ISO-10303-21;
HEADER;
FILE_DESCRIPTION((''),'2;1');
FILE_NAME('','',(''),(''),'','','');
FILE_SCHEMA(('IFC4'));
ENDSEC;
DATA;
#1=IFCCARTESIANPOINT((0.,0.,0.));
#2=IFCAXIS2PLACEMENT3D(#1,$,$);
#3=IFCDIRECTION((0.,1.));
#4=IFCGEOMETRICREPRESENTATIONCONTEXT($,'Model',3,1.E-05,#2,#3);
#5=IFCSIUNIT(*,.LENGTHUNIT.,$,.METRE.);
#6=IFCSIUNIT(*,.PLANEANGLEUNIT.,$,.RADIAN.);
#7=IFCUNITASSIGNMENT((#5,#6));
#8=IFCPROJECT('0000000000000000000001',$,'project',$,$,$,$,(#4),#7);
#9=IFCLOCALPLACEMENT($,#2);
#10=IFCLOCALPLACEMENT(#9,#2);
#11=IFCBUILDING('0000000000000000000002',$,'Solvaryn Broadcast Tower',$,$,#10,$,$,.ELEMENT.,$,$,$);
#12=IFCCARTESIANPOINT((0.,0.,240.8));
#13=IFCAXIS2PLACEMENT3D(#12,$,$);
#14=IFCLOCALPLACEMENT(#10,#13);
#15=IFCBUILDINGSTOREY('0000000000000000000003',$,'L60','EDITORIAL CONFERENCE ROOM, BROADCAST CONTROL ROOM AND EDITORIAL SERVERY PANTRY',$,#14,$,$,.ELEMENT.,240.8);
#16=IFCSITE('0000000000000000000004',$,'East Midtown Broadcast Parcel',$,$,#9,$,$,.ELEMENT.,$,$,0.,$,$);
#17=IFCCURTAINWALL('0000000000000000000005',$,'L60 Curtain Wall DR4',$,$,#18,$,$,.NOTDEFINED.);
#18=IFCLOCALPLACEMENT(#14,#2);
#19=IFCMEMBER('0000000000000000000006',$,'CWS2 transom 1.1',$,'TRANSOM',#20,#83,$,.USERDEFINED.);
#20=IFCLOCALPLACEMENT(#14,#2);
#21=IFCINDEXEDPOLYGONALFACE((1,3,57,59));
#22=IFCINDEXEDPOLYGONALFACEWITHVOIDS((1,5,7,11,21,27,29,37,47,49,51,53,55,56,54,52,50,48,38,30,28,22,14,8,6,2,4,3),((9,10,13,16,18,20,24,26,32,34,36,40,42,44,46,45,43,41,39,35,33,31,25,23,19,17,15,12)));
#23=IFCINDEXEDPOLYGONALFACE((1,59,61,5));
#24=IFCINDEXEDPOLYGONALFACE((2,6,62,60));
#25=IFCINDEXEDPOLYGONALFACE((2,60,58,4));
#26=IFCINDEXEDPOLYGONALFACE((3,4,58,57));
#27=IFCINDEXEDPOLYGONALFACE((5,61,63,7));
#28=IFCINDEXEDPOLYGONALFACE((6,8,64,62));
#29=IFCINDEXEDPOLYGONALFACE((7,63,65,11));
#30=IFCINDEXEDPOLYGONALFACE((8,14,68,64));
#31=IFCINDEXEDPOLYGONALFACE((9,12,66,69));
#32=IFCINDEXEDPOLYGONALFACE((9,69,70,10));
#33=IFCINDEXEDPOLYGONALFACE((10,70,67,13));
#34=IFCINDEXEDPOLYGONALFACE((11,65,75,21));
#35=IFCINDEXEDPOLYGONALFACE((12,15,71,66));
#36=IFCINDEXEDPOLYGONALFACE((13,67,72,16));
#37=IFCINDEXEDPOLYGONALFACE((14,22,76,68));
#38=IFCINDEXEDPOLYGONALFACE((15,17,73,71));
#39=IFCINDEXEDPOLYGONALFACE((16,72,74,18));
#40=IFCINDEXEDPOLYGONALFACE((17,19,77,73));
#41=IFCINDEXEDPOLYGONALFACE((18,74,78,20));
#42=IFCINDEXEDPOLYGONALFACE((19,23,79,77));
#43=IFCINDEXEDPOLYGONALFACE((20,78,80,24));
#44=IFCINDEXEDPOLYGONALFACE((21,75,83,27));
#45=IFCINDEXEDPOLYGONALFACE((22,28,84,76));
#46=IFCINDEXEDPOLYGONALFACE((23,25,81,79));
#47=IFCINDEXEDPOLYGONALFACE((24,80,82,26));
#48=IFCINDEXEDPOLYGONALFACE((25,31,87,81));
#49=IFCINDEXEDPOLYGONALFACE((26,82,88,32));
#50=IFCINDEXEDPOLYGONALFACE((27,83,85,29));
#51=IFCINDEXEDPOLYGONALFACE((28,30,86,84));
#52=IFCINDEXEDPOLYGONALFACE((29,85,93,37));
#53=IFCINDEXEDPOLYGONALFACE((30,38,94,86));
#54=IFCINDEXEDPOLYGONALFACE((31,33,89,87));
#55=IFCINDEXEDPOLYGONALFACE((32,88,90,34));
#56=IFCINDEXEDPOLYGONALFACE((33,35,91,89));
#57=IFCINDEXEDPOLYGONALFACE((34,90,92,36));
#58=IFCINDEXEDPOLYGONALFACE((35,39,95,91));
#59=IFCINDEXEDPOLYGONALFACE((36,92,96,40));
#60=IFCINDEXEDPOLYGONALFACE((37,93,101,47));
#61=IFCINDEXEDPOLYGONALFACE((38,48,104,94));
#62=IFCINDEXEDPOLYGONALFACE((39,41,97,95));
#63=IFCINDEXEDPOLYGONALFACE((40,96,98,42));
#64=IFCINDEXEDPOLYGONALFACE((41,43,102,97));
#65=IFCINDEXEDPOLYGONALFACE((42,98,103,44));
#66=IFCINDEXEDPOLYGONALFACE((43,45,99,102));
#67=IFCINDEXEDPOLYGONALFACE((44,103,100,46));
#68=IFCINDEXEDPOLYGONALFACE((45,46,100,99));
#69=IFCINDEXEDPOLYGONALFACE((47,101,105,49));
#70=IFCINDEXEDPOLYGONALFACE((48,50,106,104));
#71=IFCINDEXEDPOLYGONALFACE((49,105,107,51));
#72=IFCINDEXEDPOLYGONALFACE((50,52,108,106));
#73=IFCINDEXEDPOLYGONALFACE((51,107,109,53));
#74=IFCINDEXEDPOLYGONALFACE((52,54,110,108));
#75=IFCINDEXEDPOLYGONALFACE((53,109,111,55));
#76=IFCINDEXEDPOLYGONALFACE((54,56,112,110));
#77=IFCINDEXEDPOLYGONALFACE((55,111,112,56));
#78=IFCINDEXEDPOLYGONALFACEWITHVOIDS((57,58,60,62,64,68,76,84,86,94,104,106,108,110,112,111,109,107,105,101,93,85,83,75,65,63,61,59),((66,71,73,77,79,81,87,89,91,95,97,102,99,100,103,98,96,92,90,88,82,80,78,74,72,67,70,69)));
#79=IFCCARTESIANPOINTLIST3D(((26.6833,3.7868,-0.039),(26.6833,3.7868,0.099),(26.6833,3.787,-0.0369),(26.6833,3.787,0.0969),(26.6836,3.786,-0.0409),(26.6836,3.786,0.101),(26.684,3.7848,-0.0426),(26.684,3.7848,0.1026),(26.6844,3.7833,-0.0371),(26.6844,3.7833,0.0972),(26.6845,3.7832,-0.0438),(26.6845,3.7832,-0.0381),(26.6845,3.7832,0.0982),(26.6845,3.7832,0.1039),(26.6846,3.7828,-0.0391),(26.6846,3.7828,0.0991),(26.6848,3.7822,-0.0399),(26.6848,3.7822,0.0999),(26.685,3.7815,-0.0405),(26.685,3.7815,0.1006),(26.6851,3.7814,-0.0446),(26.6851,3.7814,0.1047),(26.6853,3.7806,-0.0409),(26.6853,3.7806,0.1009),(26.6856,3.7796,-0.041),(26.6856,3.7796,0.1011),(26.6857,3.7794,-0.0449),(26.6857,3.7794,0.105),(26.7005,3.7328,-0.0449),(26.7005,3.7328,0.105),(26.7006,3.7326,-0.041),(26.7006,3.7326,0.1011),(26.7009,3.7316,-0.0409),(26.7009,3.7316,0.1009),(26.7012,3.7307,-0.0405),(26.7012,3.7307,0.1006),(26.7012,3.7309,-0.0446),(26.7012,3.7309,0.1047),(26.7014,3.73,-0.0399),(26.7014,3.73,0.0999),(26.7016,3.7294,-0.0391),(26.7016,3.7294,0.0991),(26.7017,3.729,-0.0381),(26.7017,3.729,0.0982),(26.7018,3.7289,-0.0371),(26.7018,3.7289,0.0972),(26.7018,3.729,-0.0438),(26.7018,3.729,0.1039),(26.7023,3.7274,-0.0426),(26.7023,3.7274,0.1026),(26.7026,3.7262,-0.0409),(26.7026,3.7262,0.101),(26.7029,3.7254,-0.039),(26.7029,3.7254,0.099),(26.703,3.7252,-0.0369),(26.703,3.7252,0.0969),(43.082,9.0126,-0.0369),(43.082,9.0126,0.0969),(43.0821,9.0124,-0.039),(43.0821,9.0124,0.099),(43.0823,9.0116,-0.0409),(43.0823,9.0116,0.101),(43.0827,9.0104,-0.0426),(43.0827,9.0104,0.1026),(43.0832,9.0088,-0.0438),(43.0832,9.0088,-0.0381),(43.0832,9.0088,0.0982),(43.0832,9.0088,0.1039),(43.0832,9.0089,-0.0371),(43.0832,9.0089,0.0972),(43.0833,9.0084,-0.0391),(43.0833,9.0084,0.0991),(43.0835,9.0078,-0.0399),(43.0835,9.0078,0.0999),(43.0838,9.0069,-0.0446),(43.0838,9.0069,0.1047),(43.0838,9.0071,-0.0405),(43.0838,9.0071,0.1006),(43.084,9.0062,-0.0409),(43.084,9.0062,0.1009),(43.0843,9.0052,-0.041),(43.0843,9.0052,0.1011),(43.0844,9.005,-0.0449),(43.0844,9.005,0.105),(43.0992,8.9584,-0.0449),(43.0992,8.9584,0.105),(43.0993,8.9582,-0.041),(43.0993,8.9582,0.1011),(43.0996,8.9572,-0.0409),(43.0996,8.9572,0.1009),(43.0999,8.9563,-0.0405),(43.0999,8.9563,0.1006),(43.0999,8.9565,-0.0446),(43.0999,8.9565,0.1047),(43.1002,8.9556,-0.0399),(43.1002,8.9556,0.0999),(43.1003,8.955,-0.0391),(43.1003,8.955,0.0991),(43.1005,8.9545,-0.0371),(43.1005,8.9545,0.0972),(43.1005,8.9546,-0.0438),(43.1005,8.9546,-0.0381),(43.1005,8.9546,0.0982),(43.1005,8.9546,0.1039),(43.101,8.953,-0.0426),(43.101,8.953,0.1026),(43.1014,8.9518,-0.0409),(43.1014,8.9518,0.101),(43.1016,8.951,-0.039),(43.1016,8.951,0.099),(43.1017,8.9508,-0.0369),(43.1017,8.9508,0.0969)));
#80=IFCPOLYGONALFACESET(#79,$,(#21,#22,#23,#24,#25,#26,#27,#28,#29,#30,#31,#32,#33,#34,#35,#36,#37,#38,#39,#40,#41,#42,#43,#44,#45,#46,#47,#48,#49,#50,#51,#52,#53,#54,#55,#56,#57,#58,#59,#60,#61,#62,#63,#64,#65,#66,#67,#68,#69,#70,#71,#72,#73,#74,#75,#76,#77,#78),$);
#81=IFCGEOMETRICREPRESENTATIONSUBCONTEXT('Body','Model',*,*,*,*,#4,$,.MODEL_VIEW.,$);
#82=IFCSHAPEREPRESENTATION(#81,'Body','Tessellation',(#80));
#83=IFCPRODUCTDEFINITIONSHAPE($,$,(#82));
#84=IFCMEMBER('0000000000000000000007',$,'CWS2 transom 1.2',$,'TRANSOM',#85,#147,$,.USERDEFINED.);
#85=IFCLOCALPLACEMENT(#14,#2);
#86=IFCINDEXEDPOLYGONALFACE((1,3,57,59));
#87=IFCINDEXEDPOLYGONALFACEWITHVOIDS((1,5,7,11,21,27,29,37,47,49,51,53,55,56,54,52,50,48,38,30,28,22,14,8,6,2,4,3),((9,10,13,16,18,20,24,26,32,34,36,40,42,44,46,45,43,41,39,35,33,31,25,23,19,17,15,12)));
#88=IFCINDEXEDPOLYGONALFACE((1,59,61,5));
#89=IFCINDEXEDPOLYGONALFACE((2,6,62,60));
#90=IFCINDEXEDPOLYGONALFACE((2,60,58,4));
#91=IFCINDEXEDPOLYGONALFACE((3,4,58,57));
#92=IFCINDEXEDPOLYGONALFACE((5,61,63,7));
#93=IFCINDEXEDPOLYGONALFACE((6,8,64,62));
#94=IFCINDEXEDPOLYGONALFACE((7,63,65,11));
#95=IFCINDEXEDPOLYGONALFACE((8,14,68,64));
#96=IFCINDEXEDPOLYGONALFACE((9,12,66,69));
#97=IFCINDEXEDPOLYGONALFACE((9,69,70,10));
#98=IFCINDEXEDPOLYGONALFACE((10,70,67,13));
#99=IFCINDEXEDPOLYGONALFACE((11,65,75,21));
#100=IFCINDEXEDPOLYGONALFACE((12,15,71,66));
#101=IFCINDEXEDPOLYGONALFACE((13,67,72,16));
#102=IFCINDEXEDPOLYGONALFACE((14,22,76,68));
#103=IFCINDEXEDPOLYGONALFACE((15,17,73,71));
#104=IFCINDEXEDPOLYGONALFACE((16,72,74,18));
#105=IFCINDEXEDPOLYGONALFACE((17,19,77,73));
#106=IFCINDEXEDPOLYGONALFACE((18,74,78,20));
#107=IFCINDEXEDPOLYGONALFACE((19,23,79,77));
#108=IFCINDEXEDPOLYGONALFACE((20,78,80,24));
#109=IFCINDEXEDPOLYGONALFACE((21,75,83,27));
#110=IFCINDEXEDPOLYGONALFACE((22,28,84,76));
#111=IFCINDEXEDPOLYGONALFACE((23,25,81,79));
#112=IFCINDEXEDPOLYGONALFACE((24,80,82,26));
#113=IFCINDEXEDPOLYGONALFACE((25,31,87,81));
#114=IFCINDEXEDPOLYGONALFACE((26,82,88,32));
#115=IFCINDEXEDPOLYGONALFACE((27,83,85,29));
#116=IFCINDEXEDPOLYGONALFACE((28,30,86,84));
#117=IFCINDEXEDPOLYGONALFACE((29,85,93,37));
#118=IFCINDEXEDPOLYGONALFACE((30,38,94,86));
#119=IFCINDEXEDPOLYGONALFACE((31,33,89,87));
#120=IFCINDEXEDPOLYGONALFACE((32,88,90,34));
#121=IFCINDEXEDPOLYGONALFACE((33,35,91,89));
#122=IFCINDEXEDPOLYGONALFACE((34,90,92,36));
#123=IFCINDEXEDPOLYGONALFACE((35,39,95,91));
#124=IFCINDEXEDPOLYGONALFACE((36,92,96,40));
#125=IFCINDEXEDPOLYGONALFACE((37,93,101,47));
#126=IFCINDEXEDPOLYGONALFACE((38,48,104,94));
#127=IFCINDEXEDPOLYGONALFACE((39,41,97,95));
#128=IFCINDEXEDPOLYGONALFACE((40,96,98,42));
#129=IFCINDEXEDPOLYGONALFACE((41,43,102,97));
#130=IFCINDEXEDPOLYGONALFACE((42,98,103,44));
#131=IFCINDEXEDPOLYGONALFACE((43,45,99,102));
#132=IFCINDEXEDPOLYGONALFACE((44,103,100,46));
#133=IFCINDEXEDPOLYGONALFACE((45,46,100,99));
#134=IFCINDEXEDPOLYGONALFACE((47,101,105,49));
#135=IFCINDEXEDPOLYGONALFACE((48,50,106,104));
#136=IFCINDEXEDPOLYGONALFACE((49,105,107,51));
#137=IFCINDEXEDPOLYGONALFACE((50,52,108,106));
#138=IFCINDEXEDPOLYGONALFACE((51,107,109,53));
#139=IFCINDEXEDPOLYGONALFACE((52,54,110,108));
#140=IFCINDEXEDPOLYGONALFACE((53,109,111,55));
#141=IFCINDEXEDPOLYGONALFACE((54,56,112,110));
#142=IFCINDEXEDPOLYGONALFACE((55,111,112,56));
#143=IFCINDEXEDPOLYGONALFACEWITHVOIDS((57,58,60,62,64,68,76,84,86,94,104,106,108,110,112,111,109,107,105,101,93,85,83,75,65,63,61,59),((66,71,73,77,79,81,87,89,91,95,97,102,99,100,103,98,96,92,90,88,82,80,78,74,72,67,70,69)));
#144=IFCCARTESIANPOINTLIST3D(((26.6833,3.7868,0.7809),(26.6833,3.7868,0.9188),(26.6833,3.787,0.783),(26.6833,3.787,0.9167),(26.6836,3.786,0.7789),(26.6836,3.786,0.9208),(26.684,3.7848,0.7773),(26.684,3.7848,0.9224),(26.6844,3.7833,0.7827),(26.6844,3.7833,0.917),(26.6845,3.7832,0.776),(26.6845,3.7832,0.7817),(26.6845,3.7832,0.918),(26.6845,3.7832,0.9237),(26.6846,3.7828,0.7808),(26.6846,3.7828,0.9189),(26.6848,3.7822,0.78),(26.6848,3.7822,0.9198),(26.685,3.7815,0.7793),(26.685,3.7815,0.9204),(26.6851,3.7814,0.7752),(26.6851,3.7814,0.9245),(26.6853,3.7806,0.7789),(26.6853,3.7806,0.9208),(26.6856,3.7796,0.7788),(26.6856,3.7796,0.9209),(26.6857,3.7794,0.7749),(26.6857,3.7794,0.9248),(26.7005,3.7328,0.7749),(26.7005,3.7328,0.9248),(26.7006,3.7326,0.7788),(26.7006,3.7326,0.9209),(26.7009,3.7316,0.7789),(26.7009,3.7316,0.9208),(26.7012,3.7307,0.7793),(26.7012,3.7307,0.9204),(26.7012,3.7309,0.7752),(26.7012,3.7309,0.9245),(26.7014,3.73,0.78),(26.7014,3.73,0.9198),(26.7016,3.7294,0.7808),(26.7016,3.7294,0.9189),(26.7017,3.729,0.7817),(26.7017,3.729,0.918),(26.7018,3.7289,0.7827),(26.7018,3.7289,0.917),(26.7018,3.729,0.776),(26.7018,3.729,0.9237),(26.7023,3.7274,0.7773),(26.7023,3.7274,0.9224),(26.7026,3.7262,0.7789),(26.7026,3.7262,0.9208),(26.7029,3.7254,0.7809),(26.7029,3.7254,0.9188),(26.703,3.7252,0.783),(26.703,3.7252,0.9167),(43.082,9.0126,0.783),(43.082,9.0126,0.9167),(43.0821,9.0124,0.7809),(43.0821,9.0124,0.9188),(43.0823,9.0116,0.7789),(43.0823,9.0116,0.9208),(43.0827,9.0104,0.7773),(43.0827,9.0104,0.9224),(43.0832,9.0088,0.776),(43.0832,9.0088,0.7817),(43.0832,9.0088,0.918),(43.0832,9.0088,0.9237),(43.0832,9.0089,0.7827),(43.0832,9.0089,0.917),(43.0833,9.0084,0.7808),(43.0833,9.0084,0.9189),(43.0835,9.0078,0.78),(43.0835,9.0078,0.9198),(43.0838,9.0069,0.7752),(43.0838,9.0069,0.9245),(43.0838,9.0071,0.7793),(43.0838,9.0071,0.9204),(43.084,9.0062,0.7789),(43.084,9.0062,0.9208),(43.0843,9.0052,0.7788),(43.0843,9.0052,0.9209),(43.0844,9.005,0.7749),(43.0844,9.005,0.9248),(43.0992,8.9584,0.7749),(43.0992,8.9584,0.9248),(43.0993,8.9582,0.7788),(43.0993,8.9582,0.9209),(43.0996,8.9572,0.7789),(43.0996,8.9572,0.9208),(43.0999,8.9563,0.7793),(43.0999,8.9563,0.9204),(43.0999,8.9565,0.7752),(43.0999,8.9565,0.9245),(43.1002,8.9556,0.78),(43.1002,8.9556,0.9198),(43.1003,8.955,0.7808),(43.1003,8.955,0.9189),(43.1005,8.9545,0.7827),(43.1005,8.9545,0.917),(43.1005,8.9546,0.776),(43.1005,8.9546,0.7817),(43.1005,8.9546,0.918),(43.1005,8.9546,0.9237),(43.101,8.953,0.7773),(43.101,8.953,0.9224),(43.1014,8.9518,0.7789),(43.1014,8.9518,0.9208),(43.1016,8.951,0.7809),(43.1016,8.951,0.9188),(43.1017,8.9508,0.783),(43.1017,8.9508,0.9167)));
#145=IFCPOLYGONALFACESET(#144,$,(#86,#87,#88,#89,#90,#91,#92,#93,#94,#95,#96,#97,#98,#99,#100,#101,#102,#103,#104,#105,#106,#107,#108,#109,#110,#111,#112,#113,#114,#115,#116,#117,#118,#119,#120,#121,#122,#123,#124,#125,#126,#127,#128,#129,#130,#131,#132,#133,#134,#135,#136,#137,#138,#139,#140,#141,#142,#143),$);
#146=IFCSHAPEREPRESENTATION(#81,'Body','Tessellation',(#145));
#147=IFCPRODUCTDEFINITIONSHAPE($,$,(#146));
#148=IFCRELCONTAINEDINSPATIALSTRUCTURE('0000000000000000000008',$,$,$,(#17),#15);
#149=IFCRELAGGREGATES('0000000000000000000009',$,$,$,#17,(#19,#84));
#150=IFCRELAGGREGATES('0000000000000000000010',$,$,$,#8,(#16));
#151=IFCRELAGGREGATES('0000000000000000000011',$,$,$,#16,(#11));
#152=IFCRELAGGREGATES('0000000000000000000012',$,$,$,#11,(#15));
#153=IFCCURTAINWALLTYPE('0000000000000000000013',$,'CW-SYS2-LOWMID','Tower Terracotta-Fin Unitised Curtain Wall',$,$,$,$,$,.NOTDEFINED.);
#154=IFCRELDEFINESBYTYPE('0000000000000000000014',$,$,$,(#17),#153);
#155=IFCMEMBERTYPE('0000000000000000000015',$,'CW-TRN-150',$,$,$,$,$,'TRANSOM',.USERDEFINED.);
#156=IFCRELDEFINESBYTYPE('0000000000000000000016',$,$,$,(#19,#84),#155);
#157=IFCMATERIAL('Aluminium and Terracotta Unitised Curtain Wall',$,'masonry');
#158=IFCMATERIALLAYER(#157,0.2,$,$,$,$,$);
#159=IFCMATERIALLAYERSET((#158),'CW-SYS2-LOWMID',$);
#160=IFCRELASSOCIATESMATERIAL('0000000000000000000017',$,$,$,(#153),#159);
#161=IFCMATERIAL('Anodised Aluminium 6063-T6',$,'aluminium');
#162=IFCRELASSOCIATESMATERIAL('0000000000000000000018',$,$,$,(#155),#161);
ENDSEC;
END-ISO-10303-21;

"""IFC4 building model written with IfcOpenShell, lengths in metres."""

from ifc_helpers import new_model, si_unit, direction, frame, origin, origin_2d, place, context, subcontext, project, spatial, hollow_rectangle, extrude, material, layer, layer_set, material_profile, profile_set, type_object, element, aggregate, save


model = new_model("IFC4")

# Units and contexts
model_context = context("Model", 3, precision=1e-05, world=origin(), true_north=direction((0.0, 1.0)))
body_context = subcontext(model_context, "Body", "Model", "MODEL_VIEW")
ifc_project = project(units=[si_unit("LENGTHUNIT", "METRE"), si_unit("PLANEANGLEUNIT", "RADIAN")], contexts=[model_context])

# Site, building, storey
site_placement = place(None, origin())
site = spatial("IfcSite", under=ifc_project, at=site_placement, Name="East Midtown Broadcast Parcel", CompositionType="ELEMENT", RefElevation=0.0)
building_placement = place(site_placement, origin())
building = spatial("IfcBuilding", under=site, at=building_placement, Name="Solvaryn Broadcast Tower", CompositionType="ELEMENT")
storey_placement = place(building_placement, frame((0.0, 0.0, 240.8)))
storey = spatial("IfcBuildingStorey", under=building, at=storey_placement, Name="L60", Description="EDITORIAL CONFERENCE ROOM, BROADCAST CONTROL ROOM AND EDITORIAL SERVERY PANTRY", CompositionType="ELEMENT", Elevation=240.8)

# Shared definitions
ifc_material_1 = material(Name="Aluminium and Terracotta Unitised Curtain Wall", Category="masonry")
ifc_layer_1 = layer(ifc_material_1, 0.2)
ifc_layer_set_1 = layer_set([ifc_layer_1], Name="CW-SYS2-LOWMID")
curtain_wall_type = type_object("IfcCurtainWallType", Name="CW-SYS2-LOWMID", Description="Tower Terracotta-Fin Unitised Curtain Wall", PredefinedType="NOTDEFINED", material=ifc_layer_set_1)

# Curtain wall, members
curtain_wall_1_placement = place(storey_placement, origin())
curtain_wall_1 = element("IfcCurtainWall", 1, at=curtain_wall_1_placement, inside=storey, type_object=curtain_wall_type, Name="L60 Curtain Wall DR4", PredefinedType="NOTDEFINED")
ifc_material_2 = material(Name="Anodised Aluminium 6063-T6", Category="aluminium")
ifc_material_profile_1 = material_profile(ifc_material_2, hollow_rectangle(XDim=0.0649, YDim=0.1499, WallThickness=0.0039, InnerFilletRadius=0.0039, OuterFilletRadius=0.0081, at=origin_2d()))
ifc_profile_set_1 = profile_set([ifc_material_profile_1], Name="Anodised Aluminium 6063-T6")
member_type_1 = type_object("IfcMemberType", Name="CW-TRN-150", ElementType="TRANSOM", PredefinedType="USERDEFINED", material=ifc_profile_set_1)
member_1_placement = place(storey_placement, frame((26.6931, 3.7561, 0.03), z_axis=(0.952794, 0.303616, 0.0), x_axis=(-0.303616, 0.952794, 0.0)))
member_1 = element("IfcMember", 2, at=member_1_placement, type_object=member_type_1, Name="CWS2 transom 1.1", ObjectType="TRANSOM", PredefinedType="USERDEFINED", context=body_context, shape_type="SweptSolid", body=[
    extrude(hollow_rectangle(XDim=0.0649, YDim=0.1499, WallThickness=0.0039, InnerFilletRadius=0.0039, OuterFilletRadius=0.0081, at=origin_2d()), origin(), (0.0, 0.0, 1.0), 17.2112),
])
member_2_placement = place(storey_placement, frame((26.6931, 3.7561, 0.8499), z_axis=(0.952794, 0.303616, 0.0), x_axis=(-0.303616, 0.952794, 0.0)))
member_2 = element("IfcMember", 3, at=member_2_placement, type_object=member_type_1, Name="CWS2 transom 1.2", ObjectType="TRANSOM", PredefinedType="USERDEFINED", context=body_context, shape_type="SweptSolid", body=[
    extrude(hollow_rectangle(XDim=0.0649, YDim=0.1499, WallThickness=0.0039, InnerFilletRadius=0.0039, OuterFilletRadius=0.0081, at=origin_2d()), origin(), (0.0, 0.0, 1.0), 17.2112),
])
aggregate(curtain_wall_1, [member_1, member_2])

save(model, "model.ifc")
